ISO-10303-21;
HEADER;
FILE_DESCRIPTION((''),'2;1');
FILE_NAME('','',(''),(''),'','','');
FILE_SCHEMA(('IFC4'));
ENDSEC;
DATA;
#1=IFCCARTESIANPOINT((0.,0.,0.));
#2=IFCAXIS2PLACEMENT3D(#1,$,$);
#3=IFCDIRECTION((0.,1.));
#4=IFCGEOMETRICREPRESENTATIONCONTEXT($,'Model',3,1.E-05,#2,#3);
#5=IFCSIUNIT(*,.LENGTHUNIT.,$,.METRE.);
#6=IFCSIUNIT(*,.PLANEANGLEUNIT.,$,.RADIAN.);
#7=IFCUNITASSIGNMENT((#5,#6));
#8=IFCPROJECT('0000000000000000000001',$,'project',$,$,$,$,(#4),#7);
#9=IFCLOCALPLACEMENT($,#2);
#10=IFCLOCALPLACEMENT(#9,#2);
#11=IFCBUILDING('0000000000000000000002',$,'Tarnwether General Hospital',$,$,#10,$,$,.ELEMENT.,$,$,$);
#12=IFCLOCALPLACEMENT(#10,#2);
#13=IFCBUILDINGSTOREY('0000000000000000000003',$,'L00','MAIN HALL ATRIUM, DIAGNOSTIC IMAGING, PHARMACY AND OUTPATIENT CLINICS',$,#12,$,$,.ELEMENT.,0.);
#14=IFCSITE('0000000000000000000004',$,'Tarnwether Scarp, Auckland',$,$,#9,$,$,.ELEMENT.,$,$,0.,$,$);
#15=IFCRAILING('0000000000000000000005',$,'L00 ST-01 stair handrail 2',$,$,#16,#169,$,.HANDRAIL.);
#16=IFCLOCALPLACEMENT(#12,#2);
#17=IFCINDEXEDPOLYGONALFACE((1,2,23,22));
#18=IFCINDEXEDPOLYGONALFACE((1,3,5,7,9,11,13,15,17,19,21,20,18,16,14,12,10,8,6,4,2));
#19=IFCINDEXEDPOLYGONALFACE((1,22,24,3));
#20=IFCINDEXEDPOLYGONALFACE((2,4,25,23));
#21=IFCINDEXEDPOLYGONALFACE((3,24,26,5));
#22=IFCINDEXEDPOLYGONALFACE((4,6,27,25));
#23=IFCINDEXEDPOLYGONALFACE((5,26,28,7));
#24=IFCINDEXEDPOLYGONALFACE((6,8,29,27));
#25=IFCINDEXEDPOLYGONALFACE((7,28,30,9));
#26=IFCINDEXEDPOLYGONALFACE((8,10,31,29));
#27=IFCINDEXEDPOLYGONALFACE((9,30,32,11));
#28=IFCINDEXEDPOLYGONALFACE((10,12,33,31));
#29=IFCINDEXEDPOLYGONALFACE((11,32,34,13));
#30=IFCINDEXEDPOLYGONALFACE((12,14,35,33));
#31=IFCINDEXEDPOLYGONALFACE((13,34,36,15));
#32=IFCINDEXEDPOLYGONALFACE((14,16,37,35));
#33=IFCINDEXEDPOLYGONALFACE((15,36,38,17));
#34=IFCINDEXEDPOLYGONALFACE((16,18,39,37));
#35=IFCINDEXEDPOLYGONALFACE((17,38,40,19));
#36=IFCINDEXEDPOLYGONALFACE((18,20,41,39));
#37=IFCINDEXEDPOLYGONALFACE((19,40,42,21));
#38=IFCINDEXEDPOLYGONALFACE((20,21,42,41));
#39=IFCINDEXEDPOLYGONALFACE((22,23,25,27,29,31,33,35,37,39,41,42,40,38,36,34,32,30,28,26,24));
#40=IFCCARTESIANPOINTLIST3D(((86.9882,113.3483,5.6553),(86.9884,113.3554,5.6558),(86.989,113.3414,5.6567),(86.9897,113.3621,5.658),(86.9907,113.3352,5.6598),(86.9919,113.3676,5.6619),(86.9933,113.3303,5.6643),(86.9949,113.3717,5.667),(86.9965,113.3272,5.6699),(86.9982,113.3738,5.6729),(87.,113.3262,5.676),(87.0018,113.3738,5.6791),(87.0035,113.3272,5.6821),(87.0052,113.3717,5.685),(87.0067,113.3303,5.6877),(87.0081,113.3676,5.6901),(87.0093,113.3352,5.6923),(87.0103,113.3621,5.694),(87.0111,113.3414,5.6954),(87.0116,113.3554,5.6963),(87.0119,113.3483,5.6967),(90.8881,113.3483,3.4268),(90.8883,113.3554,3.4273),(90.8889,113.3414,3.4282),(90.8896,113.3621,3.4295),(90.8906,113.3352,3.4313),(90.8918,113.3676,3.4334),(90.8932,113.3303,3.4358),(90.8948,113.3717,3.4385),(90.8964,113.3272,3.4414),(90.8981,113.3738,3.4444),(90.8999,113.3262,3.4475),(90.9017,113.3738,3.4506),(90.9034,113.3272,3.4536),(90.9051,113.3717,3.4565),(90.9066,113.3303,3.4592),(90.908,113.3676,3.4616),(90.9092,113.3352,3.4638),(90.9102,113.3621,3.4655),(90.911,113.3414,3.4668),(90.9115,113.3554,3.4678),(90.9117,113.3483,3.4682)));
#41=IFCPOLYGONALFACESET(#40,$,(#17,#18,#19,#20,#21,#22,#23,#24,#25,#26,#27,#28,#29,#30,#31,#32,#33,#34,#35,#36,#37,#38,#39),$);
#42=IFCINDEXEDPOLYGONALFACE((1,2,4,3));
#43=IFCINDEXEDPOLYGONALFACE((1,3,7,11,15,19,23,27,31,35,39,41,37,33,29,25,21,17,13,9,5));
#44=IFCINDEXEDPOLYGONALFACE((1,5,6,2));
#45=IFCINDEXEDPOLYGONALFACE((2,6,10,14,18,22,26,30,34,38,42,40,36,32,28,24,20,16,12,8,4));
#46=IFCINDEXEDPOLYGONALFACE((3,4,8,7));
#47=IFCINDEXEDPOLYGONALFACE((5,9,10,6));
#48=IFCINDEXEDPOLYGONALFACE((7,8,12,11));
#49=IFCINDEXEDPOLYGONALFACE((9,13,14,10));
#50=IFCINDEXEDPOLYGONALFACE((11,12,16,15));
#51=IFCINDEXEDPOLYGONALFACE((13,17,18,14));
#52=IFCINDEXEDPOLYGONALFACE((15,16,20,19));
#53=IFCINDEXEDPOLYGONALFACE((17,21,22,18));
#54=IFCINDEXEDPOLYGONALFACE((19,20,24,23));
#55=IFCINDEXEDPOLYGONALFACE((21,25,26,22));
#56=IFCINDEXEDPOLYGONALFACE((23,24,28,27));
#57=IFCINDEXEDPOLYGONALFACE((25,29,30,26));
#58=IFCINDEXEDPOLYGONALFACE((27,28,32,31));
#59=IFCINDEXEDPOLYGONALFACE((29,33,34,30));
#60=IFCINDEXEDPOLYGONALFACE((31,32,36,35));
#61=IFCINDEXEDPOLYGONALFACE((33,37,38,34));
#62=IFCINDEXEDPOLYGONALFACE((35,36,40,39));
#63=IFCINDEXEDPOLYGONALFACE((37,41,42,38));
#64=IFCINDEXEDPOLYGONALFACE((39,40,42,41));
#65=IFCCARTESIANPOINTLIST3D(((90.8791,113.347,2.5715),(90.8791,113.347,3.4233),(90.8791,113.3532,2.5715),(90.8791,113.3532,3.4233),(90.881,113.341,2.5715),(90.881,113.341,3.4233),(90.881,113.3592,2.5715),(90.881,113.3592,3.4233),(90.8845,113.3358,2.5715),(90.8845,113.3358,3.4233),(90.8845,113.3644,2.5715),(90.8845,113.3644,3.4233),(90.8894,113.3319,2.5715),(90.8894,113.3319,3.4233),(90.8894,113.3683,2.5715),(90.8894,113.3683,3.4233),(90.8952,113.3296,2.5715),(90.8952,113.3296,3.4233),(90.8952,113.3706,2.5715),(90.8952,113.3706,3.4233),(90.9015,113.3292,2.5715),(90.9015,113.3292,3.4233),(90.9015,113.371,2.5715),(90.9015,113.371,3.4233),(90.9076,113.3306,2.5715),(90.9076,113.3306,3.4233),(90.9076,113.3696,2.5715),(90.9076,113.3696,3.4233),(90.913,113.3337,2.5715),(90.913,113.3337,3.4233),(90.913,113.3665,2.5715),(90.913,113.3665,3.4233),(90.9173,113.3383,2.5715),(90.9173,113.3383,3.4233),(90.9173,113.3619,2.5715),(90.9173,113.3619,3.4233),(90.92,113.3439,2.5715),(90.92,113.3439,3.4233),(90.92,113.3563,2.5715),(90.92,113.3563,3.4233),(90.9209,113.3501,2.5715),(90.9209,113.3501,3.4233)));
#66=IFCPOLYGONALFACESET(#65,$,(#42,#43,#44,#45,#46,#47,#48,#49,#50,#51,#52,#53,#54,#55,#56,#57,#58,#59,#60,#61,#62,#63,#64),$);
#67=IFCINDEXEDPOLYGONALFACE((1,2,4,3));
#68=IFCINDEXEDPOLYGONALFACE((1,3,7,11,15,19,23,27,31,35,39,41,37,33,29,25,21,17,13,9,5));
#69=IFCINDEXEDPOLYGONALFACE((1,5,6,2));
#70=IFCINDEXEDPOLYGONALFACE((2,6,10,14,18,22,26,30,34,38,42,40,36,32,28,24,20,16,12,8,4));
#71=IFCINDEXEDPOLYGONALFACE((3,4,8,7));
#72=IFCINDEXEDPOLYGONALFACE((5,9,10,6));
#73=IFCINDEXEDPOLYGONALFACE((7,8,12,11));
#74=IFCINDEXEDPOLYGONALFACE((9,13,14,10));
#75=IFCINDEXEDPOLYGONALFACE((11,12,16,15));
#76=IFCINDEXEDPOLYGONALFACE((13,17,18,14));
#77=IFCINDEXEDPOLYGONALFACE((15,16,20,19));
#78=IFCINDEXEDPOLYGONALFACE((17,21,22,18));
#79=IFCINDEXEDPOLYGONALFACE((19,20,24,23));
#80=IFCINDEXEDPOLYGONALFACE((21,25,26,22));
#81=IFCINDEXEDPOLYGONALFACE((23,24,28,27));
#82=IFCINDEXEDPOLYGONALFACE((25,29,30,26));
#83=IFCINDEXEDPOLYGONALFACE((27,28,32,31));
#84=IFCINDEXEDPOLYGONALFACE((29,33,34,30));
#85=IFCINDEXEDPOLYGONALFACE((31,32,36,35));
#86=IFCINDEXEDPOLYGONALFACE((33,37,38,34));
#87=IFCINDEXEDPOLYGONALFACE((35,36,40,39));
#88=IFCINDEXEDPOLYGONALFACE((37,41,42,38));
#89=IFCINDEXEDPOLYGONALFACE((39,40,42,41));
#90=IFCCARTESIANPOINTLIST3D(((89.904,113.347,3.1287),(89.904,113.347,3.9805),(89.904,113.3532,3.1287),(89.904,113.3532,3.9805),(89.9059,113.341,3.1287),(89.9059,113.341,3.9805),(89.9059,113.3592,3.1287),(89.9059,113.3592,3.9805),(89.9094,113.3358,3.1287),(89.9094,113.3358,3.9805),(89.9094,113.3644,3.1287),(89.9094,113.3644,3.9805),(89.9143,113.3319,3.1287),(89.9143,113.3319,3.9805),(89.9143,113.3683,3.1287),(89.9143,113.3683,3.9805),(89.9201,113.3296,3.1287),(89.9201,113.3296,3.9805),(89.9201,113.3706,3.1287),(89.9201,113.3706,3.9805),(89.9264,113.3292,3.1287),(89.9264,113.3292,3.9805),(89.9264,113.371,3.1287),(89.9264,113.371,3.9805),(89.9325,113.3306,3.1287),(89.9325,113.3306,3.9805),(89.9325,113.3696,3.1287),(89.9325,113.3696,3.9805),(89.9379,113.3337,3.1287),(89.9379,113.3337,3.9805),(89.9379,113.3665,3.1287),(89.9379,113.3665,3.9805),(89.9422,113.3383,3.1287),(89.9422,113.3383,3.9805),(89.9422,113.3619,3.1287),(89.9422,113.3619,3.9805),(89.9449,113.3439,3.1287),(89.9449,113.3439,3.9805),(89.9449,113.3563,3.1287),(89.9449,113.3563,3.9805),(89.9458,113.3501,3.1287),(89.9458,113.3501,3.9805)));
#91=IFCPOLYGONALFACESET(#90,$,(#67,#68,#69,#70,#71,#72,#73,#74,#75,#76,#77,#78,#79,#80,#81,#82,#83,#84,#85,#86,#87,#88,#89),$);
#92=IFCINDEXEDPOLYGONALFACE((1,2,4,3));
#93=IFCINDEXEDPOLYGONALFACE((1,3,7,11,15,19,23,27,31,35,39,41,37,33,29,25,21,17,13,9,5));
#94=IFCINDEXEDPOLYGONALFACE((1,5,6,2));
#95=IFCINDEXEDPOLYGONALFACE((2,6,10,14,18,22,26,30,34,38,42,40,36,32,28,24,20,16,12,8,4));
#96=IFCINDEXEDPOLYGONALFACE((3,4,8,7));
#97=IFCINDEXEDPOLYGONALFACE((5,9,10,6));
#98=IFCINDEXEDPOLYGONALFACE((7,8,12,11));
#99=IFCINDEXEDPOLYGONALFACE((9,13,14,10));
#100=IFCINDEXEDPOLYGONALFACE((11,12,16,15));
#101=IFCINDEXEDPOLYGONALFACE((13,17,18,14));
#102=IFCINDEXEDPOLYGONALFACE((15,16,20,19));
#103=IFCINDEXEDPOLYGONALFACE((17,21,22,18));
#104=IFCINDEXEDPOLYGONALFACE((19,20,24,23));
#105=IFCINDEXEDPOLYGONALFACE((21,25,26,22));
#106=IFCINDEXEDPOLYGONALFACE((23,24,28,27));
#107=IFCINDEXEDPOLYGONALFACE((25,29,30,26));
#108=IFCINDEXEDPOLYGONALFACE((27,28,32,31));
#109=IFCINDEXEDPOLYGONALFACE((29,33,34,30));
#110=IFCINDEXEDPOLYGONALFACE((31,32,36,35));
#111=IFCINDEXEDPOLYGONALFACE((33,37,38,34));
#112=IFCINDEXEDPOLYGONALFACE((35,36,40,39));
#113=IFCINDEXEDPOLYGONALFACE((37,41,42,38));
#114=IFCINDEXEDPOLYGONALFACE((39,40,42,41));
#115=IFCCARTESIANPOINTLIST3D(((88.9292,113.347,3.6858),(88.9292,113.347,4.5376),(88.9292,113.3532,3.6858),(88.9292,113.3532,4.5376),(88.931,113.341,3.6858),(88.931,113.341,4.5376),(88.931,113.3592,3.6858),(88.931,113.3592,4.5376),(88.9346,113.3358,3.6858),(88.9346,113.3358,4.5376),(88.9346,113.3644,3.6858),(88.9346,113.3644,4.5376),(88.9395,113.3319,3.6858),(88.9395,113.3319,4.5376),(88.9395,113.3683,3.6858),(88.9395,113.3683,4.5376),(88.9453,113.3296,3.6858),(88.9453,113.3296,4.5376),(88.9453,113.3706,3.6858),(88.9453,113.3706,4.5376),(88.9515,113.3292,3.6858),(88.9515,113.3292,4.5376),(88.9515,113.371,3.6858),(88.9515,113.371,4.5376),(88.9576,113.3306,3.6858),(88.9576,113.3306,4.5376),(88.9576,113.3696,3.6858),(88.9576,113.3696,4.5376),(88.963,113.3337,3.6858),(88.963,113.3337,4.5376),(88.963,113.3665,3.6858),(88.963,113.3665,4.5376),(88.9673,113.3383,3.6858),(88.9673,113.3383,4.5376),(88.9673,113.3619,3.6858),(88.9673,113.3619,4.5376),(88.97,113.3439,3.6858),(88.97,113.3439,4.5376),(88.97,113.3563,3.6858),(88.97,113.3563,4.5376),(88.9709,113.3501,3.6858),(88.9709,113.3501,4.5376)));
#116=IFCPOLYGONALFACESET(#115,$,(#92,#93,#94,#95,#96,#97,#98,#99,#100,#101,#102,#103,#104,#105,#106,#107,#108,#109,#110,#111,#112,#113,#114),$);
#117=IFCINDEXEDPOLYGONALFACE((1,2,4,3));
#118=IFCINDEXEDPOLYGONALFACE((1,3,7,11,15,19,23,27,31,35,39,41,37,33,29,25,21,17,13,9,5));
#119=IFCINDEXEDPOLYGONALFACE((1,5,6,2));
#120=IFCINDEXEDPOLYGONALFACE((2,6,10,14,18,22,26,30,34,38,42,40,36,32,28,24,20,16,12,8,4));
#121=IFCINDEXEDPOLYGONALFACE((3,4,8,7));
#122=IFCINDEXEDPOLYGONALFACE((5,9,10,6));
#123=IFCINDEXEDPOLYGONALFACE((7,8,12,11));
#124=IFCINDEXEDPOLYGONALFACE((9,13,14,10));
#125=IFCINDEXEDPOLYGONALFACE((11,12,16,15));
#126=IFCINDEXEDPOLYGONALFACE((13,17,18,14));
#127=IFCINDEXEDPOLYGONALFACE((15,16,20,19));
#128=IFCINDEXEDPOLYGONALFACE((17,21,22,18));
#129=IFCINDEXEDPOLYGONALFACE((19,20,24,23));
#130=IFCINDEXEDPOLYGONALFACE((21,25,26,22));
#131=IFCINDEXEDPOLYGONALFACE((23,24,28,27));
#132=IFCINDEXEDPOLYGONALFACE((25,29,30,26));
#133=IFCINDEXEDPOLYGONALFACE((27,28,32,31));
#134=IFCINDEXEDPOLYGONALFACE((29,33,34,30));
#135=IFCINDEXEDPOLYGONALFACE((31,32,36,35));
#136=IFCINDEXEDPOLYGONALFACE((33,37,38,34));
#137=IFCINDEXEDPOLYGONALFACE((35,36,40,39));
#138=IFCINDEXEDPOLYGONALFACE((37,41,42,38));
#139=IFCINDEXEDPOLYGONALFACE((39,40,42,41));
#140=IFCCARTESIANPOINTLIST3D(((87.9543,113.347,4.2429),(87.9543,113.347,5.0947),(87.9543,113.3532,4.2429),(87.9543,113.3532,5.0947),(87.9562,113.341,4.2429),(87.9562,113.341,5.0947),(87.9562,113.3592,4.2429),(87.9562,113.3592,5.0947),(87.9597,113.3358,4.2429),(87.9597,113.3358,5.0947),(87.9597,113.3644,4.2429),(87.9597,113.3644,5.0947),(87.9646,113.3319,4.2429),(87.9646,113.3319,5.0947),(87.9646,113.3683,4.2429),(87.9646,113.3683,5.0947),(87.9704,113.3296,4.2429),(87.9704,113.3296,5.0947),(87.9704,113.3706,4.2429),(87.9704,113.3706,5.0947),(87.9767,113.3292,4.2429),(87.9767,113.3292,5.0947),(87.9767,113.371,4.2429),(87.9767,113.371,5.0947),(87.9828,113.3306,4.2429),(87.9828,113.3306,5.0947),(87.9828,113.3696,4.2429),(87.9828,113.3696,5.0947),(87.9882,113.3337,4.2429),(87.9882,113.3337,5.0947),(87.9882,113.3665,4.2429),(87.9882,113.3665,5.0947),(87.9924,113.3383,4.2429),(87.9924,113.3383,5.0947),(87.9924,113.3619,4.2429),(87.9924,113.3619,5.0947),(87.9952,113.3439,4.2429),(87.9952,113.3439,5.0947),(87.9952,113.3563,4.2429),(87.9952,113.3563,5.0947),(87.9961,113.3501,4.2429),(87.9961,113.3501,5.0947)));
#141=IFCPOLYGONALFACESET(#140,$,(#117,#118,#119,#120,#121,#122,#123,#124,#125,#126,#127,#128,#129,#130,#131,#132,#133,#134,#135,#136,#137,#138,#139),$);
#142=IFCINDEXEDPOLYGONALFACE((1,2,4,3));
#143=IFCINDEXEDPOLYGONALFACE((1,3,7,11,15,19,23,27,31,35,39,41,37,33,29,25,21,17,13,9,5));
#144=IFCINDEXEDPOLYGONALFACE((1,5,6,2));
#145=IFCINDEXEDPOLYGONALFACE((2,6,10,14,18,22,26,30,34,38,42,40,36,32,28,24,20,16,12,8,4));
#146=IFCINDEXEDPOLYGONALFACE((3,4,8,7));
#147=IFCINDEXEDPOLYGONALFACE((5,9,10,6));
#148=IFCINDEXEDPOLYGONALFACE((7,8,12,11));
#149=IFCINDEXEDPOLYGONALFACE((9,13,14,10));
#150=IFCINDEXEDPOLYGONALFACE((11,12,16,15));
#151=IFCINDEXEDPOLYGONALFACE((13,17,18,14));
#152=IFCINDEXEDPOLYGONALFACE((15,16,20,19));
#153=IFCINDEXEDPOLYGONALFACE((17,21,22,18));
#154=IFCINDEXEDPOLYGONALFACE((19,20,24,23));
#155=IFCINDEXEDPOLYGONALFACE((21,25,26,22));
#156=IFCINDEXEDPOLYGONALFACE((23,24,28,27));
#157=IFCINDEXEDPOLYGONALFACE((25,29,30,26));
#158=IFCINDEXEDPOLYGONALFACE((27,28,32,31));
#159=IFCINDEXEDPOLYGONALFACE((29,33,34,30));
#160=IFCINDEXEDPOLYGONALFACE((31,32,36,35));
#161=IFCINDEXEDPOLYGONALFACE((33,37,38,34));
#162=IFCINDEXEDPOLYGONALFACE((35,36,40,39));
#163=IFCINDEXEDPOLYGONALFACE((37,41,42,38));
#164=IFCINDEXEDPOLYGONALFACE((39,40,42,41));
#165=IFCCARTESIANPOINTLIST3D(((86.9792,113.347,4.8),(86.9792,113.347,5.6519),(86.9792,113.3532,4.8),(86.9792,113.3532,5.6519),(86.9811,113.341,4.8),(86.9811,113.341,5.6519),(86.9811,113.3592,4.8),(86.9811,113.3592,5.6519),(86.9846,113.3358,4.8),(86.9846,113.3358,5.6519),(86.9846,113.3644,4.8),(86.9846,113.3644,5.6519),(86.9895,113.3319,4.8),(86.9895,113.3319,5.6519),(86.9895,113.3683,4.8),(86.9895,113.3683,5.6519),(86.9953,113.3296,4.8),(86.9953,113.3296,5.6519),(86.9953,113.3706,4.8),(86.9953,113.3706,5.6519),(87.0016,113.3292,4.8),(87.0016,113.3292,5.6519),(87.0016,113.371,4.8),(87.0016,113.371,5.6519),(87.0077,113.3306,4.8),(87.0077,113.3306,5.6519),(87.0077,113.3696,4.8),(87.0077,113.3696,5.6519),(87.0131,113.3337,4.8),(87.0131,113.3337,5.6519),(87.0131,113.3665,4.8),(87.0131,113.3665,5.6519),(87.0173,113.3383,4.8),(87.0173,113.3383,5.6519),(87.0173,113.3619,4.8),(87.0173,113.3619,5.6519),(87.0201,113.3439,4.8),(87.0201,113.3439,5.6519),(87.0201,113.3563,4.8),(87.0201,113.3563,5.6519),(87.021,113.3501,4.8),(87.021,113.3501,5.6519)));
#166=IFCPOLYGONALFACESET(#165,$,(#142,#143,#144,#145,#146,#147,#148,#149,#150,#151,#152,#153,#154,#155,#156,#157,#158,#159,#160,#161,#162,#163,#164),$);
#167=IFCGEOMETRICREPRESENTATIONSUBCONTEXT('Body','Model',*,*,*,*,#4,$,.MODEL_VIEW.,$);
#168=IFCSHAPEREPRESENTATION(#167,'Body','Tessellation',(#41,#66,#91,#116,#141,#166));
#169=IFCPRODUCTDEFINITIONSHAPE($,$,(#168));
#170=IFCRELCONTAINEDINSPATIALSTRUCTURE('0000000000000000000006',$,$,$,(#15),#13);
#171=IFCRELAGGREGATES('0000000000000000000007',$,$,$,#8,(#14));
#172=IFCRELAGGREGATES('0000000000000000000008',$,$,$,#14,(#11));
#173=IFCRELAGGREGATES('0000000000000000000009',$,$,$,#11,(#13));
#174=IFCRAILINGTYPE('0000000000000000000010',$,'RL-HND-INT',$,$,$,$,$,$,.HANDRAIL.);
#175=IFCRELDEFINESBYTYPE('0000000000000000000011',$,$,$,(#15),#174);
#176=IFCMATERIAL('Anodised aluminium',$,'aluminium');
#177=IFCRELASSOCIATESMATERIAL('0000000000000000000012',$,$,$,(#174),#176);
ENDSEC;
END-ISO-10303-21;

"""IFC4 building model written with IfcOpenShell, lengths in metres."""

from ifc_helpers import new_model, si_unit, direction, frame, origin, origin_2d, place, context, subcontext, project, spatial, circle, extrude, material, type_object, element, save


model = new_model("IFC4")

# Units and contexts
model_context = context("Model", 3, precision=1e-05, world=origin(), true_north=direction((0.0, 1.0)))
body_context = subcontext(model_context, "Body", "Model", "MODEL_VIEW")
ifc_project = project(units=[si_unit("LENGTHUNIT", "METRE"), si_unit("PLANEANGLEUNIT", "RADIAN")], contexts=[model_context])

# Site, building, storey
site_placement = place(None, origin())
site = spatial("IfcSite", under=ifc_project, at=site_placement, Name="Tarnwether Scarp, Auckland", CompositionType="ELEMENT", RefElevation=0.0)
building_placement = place(site_placement, origin())
building = spatial("IfcBuilding", under=site, at=building_placement, Name="Tarnwether General Hospital", CompositionType="ELEMENT")
storey_placement = place(building_placement, origin())
storey = spatial("IfcBuildingStorey", under=building, at=storey_placement, Name="L00", Description="MAIN HALL ATRIUM, DIAGNOSTIC IMAGING, PHARMACY AND OUTPATIENT CLINICS", CompositionType="ELEMENT", Elevation=0.0)

# Railing
ifc_material_1 = material(Name="Anodised aluminium", Category="aluminium")
railing_type = type_object("IfcRailingType", Name="RL-HND-INT", PredefinedType="HANDRAIL", material=ifc_material_1)
railing_placement = place(storey_placement, frame((90.8999, 113.3501, 2.5715)))
element("IfcRailing", 1, at=railing_placement, inside=storey, type_object=railing_type, Name="L00 ST-01 stair handrail 2", PredefinedType="HANDRAIL", context=body_context, shape_type="SweptSolid", body=[
    extrude(circle(Radius=0.0239, at=origin_2d()), frame((0.0, 0.0, 0.876), z_axis=(-0.868243, 0.0, 0.496139), x_axis=(0.0, -1.0, 0.0)), (0.0, 0.0, 1.0), 4.4917),
    extrude(circle(Radius=0.021, at=origin_2d()), origin(), (0.0, 0.0, 1.0), 0.8518),
    extrude(circle(Radius=0.021, at=origin_2d()), frame((-0.9751, 0.0, 0.5571)), (0.0, 0.0, 1.0), 0.8518),
    extrude(circle(Radius=0.021, at=origin_2d()), frame((-1.95, 0.0, 1.1143)), (0.0, 0.0, 1.0), 0.8518),
    extrude(circle(Radius=0.021, at=origin_2d()), frame((-2.9248, 0.0, 1.6714)), (0.0, 0.0, 1.0), 0.8518),
    extrude(circle(Radius=0.021, at=origin_2d()), frame((-3.8999, 0.0, 2.2285)), (0.0, 0.0, 1.0), 0.8518),
])

save(model, "model.ifc")
